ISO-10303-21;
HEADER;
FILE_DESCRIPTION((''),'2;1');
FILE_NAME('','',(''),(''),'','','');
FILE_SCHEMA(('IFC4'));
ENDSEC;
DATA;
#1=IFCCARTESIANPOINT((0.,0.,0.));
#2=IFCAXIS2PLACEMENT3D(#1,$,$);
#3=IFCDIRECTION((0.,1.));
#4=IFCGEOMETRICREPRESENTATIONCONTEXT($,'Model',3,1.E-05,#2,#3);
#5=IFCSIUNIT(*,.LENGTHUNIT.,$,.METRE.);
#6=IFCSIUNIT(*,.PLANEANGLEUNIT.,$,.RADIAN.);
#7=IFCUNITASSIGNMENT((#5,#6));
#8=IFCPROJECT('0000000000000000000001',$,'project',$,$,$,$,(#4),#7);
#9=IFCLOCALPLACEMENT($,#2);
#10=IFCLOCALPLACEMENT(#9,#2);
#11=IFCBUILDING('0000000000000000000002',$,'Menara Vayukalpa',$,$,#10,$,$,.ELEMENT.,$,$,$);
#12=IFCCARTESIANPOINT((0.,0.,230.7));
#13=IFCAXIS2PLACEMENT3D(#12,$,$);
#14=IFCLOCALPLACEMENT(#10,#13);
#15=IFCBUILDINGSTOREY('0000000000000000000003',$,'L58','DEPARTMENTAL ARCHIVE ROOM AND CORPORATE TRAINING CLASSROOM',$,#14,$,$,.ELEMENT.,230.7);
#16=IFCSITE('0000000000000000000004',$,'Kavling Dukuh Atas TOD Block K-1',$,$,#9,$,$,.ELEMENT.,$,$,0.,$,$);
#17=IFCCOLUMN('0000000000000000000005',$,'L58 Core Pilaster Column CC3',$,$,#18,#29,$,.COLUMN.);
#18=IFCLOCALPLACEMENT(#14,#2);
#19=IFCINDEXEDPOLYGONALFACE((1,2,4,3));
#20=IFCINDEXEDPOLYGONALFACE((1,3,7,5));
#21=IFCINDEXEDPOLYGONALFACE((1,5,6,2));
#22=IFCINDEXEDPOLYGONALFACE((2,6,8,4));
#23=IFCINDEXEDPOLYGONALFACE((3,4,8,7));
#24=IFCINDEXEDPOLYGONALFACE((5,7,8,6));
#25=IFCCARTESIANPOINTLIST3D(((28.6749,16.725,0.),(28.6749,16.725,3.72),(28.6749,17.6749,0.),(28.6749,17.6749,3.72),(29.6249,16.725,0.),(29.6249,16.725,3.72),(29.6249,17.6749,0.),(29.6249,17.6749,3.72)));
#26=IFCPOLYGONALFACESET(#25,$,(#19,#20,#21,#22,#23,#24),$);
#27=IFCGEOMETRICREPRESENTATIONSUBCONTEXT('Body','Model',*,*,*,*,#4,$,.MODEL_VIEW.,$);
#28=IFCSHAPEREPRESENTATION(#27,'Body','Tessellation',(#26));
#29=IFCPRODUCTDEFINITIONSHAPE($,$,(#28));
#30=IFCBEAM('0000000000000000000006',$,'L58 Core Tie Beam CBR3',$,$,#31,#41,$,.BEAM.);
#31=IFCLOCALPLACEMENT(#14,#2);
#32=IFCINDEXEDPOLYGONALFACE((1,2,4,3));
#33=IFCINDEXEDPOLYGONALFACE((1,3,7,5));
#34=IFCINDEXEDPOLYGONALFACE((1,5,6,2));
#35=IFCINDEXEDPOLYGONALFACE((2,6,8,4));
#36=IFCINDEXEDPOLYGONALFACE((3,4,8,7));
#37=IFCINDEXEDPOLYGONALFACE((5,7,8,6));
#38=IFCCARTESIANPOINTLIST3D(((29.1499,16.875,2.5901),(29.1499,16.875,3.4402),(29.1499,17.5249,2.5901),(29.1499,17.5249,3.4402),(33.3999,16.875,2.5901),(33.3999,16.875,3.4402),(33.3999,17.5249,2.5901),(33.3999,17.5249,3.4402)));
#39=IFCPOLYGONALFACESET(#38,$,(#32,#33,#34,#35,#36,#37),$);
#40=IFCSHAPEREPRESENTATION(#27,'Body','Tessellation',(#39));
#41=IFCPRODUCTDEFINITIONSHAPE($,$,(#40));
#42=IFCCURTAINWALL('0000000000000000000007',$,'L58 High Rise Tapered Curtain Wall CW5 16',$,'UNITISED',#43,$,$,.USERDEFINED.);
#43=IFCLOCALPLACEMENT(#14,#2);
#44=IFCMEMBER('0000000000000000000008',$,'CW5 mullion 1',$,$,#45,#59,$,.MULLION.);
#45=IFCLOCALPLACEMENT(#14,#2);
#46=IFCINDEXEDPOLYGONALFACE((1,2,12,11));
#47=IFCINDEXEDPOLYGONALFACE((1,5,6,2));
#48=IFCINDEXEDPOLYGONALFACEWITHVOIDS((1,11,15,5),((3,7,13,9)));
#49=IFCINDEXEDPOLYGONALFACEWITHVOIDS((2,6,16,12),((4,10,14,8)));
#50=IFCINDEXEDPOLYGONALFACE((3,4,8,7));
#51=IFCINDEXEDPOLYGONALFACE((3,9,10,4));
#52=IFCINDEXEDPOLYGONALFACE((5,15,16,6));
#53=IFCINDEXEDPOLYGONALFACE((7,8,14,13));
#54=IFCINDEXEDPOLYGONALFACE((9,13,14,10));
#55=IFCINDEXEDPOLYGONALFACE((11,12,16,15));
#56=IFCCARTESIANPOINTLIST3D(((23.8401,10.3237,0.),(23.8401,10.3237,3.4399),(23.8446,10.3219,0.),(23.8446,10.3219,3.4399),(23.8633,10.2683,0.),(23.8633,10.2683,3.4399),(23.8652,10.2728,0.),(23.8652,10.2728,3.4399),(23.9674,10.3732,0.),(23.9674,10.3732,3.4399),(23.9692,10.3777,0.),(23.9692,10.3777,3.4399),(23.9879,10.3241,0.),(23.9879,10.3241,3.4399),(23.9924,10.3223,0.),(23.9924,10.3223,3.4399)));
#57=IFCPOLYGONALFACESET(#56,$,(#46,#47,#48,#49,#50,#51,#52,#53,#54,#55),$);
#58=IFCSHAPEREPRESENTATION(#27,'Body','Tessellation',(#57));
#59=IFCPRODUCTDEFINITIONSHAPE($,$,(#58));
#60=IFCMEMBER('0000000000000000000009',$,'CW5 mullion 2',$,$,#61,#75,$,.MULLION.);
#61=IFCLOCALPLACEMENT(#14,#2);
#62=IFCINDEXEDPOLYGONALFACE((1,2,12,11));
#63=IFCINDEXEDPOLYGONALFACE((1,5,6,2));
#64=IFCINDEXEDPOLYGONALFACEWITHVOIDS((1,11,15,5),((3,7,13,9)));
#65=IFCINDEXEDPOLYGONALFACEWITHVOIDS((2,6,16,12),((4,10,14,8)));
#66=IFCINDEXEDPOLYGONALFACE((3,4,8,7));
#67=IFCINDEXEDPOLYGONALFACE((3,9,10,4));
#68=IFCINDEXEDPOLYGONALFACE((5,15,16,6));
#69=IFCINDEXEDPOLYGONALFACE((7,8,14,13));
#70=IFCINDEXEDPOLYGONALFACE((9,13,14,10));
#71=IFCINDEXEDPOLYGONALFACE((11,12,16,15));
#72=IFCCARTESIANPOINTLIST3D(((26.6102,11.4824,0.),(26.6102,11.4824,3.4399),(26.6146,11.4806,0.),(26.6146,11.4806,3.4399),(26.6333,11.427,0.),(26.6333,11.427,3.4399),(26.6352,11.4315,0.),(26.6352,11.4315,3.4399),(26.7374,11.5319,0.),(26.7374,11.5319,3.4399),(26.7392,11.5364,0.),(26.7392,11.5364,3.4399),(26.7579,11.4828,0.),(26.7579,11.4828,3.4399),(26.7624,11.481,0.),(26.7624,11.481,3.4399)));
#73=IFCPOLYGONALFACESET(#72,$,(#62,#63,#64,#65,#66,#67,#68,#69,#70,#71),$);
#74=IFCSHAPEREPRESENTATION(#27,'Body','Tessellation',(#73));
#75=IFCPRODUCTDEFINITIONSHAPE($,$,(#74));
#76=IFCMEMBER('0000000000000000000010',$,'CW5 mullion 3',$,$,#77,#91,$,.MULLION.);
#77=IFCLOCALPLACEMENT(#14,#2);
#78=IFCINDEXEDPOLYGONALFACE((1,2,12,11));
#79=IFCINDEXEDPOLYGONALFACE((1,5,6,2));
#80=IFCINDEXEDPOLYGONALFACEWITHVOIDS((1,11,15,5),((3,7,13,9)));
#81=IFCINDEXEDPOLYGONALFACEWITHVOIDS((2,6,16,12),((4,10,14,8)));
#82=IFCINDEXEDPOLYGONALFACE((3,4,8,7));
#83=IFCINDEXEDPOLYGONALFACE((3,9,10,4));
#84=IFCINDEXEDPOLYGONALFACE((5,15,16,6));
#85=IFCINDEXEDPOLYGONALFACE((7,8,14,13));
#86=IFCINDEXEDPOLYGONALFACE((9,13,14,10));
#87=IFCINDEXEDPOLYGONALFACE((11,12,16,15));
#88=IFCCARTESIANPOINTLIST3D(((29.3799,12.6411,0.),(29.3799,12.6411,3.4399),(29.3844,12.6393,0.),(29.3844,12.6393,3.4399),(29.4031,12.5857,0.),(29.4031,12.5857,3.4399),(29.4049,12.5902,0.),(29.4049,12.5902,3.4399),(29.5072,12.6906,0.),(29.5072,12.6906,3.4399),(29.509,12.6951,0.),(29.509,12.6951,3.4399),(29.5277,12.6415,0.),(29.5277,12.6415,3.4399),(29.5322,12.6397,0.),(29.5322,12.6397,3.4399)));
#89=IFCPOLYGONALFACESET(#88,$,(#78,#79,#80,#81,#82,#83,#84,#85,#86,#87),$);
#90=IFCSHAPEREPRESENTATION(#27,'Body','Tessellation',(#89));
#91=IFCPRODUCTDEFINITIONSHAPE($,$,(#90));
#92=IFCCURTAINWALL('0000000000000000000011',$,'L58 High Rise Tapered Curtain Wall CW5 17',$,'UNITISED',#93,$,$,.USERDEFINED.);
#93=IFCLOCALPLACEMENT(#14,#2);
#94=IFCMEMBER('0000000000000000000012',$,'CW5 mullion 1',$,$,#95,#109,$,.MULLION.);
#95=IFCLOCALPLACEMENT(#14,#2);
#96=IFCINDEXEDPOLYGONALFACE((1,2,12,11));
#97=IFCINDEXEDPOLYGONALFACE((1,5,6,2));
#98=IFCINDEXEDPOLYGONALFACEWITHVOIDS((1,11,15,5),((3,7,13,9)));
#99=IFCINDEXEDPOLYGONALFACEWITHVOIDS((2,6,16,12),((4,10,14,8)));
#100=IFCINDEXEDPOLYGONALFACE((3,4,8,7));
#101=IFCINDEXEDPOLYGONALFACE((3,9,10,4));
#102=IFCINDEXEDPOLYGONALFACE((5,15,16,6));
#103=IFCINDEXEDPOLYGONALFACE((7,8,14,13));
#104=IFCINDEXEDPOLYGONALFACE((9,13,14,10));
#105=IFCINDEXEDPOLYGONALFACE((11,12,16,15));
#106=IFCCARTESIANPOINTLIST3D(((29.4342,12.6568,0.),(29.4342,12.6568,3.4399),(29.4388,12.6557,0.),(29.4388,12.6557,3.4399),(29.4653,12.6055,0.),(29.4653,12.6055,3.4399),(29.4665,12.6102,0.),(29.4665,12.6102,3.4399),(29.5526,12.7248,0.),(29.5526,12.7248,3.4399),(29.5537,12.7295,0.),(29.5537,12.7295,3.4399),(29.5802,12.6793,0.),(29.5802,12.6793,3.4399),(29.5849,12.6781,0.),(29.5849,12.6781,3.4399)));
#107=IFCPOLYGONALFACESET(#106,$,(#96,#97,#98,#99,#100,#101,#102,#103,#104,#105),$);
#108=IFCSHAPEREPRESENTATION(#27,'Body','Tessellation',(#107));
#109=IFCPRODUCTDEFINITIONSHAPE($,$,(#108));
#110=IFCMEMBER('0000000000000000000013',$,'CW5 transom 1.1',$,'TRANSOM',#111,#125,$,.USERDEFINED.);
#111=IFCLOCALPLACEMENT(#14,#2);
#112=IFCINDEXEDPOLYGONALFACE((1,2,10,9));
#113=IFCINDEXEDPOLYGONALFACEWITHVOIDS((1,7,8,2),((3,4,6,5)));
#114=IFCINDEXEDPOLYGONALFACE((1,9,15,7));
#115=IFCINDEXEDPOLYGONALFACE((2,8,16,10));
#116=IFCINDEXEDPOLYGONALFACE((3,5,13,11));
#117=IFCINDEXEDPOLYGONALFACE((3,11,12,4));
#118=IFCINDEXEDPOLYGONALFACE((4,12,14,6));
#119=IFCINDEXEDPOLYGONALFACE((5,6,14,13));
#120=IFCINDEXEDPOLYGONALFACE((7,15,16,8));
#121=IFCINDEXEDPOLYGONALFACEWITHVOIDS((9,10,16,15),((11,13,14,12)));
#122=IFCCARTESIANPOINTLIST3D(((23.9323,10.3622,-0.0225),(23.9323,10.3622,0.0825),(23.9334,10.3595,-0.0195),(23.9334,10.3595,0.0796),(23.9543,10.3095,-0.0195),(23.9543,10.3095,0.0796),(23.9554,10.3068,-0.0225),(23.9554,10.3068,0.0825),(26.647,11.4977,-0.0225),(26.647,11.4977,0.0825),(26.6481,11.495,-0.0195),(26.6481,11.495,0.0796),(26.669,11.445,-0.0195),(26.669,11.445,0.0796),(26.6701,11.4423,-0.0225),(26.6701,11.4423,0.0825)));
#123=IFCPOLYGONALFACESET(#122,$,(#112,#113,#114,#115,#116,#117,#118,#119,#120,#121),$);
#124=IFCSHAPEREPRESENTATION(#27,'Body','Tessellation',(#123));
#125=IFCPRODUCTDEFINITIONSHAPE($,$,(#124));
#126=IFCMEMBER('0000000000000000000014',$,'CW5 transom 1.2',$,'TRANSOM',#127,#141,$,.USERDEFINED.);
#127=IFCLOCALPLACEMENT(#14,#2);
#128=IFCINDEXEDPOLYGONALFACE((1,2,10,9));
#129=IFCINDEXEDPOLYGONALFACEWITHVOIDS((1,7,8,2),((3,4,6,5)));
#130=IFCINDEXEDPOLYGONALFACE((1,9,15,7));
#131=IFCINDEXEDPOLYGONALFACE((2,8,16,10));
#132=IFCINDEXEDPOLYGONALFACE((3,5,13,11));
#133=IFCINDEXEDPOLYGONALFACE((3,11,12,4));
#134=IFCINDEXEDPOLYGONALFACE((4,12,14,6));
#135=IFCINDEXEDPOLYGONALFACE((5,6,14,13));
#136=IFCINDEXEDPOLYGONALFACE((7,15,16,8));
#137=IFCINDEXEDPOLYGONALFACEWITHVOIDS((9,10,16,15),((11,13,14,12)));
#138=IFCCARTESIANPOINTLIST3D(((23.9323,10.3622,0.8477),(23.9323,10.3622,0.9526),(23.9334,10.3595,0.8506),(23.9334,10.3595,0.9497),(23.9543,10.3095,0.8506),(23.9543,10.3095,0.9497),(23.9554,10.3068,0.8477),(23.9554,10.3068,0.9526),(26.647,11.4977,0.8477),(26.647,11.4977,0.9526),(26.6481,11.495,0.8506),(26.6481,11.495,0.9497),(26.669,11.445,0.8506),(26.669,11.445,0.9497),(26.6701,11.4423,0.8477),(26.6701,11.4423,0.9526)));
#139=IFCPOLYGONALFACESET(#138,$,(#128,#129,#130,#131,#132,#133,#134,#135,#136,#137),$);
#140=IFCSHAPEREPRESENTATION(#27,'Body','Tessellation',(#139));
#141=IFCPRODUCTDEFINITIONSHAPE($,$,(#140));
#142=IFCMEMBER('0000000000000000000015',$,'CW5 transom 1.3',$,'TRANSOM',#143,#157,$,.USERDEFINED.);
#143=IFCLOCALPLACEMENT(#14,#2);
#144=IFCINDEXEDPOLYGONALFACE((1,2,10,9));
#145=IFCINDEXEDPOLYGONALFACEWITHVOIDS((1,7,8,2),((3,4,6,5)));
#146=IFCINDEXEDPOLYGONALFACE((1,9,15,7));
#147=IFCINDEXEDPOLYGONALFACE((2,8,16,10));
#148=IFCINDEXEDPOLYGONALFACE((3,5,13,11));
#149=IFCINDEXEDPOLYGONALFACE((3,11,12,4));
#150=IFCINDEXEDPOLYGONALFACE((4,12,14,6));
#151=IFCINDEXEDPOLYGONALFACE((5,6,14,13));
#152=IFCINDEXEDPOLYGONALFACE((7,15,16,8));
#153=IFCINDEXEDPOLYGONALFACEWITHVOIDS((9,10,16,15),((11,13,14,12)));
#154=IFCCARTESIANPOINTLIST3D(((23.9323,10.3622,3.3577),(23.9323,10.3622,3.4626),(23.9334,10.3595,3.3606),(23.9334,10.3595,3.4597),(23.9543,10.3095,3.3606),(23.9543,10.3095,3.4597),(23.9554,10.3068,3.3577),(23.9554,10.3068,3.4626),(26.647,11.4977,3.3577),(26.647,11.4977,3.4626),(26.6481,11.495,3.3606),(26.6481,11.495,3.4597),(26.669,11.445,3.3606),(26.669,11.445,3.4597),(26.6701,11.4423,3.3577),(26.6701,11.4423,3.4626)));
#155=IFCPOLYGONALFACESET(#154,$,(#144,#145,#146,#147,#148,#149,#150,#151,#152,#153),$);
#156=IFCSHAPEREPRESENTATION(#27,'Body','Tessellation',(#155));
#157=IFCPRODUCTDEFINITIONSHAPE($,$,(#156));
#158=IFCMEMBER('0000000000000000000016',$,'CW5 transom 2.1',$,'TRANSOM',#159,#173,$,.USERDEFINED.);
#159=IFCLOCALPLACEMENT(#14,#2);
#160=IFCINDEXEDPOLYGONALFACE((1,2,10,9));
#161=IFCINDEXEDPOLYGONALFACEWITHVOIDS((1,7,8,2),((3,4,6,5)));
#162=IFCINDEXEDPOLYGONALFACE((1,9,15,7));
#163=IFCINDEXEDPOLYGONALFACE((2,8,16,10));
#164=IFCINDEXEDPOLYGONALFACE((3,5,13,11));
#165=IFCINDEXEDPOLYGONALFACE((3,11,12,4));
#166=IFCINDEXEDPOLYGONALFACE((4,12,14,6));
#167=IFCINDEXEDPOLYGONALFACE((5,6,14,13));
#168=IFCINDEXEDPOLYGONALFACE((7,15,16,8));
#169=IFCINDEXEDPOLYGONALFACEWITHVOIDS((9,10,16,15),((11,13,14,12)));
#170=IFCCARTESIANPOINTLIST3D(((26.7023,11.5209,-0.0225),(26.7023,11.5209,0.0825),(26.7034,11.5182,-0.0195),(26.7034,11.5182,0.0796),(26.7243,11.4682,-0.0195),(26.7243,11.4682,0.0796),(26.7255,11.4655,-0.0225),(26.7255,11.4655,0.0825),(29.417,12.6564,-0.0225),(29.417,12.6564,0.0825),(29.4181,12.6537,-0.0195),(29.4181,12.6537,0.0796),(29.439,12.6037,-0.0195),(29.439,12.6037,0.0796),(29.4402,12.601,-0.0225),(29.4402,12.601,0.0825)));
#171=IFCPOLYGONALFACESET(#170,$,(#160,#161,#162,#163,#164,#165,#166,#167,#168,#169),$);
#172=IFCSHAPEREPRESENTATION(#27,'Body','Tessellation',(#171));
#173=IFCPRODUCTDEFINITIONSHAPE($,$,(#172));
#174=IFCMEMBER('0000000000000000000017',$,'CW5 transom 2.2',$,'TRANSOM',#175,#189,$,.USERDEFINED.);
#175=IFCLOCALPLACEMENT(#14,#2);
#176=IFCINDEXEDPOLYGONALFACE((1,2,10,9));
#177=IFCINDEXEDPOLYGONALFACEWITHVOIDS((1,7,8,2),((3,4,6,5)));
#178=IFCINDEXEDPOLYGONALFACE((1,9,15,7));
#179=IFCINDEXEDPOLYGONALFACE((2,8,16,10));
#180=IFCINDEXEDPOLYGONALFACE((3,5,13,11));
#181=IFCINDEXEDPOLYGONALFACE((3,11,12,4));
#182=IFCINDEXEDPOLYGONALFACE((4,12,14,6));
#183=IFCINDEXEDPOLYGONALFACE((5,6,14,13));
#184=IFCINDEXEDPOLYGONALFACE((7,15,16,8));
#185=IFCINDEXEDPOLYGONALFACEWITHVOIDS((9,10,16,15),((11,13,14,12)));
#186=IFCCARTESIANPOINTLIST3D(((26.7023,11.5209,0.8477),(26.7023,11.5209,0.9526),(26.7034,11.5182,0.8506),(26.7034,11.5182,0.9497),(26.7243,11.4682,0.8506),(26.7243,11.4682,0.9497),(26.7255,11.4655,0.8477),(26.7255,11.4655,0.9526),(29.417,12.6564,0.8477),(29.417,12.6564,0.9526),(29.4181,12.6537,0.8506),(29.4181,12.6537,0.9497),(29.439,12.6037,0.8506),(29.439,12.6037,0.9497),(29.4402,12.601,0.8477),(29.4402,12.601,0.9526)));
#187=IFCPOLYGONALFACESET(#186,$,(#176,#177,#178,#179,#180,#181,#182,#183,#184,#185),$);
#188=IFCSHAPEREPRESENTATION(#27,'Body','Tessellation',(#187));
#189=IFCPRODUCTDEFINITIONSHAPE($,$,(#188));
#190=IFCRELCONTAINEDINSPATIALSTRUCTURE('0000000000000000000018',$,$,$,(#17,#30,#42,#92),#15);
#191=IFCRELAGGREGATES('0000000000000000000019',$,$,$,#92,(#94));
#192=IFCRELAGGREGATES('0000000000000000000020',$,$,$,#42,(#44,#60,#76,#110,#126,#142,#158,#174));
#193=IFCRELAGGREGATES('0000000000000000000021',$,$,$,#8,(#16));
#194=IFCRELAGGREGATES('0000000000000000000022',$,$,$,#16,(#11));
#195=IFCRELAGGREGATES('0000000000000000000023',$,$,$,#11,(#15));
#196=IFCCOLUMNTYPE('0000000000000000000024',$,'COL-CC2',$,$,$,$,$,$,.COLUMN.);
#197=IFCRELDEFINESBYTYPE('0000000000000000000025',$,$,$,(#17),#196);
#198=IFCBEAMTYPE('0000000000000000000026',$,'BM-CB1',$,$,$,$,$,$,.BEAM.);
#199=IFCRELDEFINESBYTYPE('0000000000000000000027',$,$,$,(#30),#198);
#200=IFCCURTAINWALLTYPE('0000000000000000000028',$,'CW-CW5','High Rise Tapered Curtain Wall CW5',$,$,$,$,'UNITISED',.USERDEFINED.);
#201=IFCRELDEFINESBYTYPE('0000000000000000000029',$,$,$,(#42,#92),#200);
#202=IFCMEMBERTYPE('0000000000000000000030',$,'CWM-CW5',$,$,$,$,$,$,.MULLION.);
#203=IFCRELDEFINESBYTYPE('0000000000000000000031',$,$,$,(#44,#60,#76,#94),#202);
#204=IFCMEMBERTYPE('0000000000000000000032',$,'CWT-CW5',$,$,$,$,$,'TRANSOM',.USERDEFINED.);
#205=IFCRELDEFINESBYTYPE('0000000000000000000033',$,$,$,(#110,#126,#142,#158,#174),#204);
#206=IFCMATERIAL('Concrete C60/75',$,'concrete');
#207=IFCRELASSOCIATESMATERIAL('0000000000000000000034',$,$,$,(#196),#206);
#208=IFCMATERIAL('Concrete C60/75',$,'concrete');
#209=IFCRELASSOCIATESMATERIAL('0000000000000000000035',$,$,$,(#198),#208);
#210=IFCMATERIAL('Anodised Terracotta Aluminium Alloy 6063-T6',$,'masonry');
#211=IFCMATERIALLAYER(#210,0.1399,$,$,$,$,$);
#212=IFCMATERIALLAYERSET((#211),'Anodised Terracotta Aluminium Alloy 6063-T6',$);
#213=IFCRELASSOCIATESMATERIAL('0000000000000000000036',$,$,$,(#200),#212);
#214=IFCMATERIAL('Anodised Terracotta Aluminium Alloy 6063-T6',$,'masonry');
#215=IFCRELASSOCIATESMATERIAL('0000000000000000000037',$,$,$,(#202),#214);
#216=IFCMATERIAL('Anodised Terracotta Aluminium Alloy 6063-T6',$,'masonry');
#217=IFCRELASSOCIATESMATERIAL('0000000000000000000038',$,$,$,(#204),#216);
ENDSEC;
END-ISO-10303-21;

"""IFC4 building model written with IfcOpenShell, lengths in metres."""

from ifc_helpers import new_model, si_unit, direction, frame, origin, origin_2d, place, context, subcontext, project, spatial, rectangle, hollow_rectangle, extrude, material, layer, layer_set, material_profile, profile_set, type_object, element, aggregate, save


model = new_model("IFC4")

# Units and contexts
model_context = context("Model", 3, precision=1e-05, world=origin(), true_north=direction((0.0, 1.0)))
body_context = subcontext(model_context, "Body", "Model", "MODEL_VIEW")
ifc_project = project(units=[si_unit("LENGTHUNIT", "METRE"), si_unit("PLANEANGLEUNIT", "RADIAN")], contexts=[model_context])

# Site, building, storey
site_placement = place(None, origin())
site = spatial("IfcSite", under=ifc_project, at=site_placement, Name="Kavling Dukuh Atas TOD Block K-1", CompositionType="ELEMENT", RefElevation=0.0)
building_placement = place(site_placement, origin())
building = spatial("IfcBuilding", under=site, at=building_placement, Name="Menara Vayukalpa", CompositionType="ELEMENT")
storey_placement = place(building_placement, frame((0.0, 0.0, 230.7)))
storey = spatial("IfcBuildingStorey", under=building, at=storey_placement, Name="L58", Description="DEPARTMENTAL ARCHIVE ROOM AND CORPORATE TRAINING CLASSROOM", CompositionType="ELEMENT", Elevation=230.7)

# Column
ifc_material_1 = material(Name="Concrete C60/75", Category="concrete")
ifc_material_profile_1 = material_profile(ifc_material_1, rectangle(XDim=0.95, YDim=0.95, at=origin_2d()), Name="RC 950x950")
ifc_profile_set_1 = profile_set([ifc_material_profile_1], Name="Concrete C60/75")
column_type = type_object("IfcColumnType", Name="COL-CC2", PredefinedType="COLUMN", material=ifc_profile_set_1)
column_placement = place(storey_placement, frame((29.1499, 17.2, 0.0), z_axis=(0.0, 0.0, 1.0), x_axis=(1.0, 0.0, 0.0)))
element("IfcColumn", 1, at=column_placement, inside=storey, type_object=column_type, Name="L58 Core Pilaster Column CC3", PredefinedType="COLUMN", context=body_context, shape_type="SweptSolid", body=[
    extrude(rectangle(XDim=0.95, YDim=0.95, at=origin_2d()), origin(), (0.0, 0.0, 1.0), 3.72),
])

# Beam
ifc_material_2 = material(Name="Concrete C60/75", Category="concrete")
ifc_material_profile_2 = material_profile(ifc_material_2, rectangle(XDim=0.6499, YDim=0.8501, at=origin_2d()), Name="RC 650x850")
ifc_profile_set_2 = profile_set([ifc_material_profile_2], Name="Concrete C60/75")
beam_type = type_object("IfcBeamType", Name="BM-CB1", PredefinedType="BEAM", material=ifc_profile_set_2)
beam_placement = place(storey_placement, frame((29.1499, 17.2, 3.0151), z_axis=(1.0, 0.0, 0.0), x_axis=(0.0, 1.0, 0.0)))
element("IfcBeam", 2, at=beam_placement, inside=storey, type_object=beam_type, Name="L58 Core Tie Beam CBR3", PredefinedType="BEAM", context=body_context, shape_type="SweptSolid", body=[
    extrude(rectangle(XDim=0.6499, YDim=0.8501, at=origin_2d()), origin(), (0.0, 0.0, 1.0), 4.25),
])

# Curtain wall, members
ifc_material_3 = material(Name="Anodised Terracotta Aluminium Alloy 6063-T6", Category="masonry")
ifc_layer_1 = layer(ifc_material_3, 0.1399)
ifc_layer_set_1 = layer_set([ifc_layer_1], Name="Anodised Terracotta Aluminium Alloy 6063-T6")
curtain_wall_type = type_object("IfcCurtainWallType", Name="CW-CW5", Description="High Rise Tapered Curtain Wall CW5", ElementType="UNITISED", PredefinedType="USERDEFINED", material=ifc_layer_set_1)
curtain_wall_1_placement = place(storey_placement, origin())
curtain_wall_1 = element("IfcCurtainWall", 3, at=curtain_wall_1_placement, inside=storey, type_object=curtain_wall_type, Name="L58 High Rise Tapered Curtain Wall CW5 16", ObjectType="UNITISED", PredefinedType="USERDEFINED")
ifc_material_4 = material(Name="Anodised Terracotta Aluminium Alloy 6063-T6", Category="masonry")
ifc_material_profile_3 = material_profile(ifc_material_4, hollow_rectangle(XDim=0.0601, YDim=0.1399, WallThickness=0.0034, at=origin_2d()), Name="ALU 60x140x3.5")
ifc_profile_set_3 = profile_set([ifc_material_profile_3], Name="Anodised Terracotta Aluminium Alloy 6063-T6")
member_type_1 = type_object("IfcMemberType", Name="CWM-CW5", PredefinedType="MULLION", material=ifc_profile_set_3)
member_1_placement = place(storey_placement, frame((23.9163, 10.323, 0.0), z_axis=(0.0, 0.0, 1.0), x_axis=(-0.385903, 0.922539, 0.0)))
member_1 = element("IfcMember", 4, at=member_1_placement, type_object=member_type_1, Name="CW5 mullion 1", PredefinedType="MULLION", context=body_context, shape_type="SweptSolid", body=[
    extrude(hollow_rectangle(XDim=0.0601, YDim=0.1399, WallThickness=0.0034, at=origin_2d()), origin(), (0.0, 0.0, 1.0), 3.4399),
])
member_2_placement = place(storey_placement, frame((26.6863, 11.4817, 0.0), z_axis=(0.0, 0.0, 1.0), x_axis=(-0.385903, 0.922539, 0.0)))
member_2 = element("IfcMember", 5, at=member_2_placement, type_object=member_type_1, Name="CW5 mullion 2", PredefinedType="MULLION", context=body_context, shape_type="SweptSolid", body=[
    extrude(hollow_rectangle(XDim=0.0601, YDim=0.1399, WallThickness=0.0034, at=origin_2d()), origin(), (0.0, 0.0, 1.0), 3.4399),
])
member_3_placement = place(storey_placement, frame((29.4561, 12.6404, 0.0), z_axis=(0.0, 0.0, 1.0), x_axis=(-0.385903, 0.922539, 0.0)))
member_3 = element("IfcMember", 6, at=member_3_placement, type_object=member_type_1, Name="CW5 mullion 3", PredefinedType="MULLION", context=body_context, shape_type="SweptSolid", body=[
    extrude(hollow_rectangle(XDim=0.0601, YDim=0.1399, WallThickness=0.0034, at=origin_2d()), origin(), (0.0, 0.0, 1.0), 3.4399),
])

# Curtain wall, member
curtain_wall_2_placement = place(storey_placement, origin())
curtain_wall_2 = element("IfcCurtainWall", 7, at=curtain_wall_2_placement, inside=storey, type_object=curtain_wall_type, Name="L58 High Rise Tapered Curtain Wall CW5 17", ObjectType="UNITISED", PredefinedType="USERDEFINED")
member_4_placement = place(storey_placement, frame((29.5095, 12.6675, 0.0), z_axis=(0.0, 0.0, 1.0), x_axis=(-0.51918, 0.854665, 0.0)))
member_4 = element("IfcMember", 8, at=member_4_placement, type_object=member_type_1, Name="CW5 mullion 1", PredefinedType="MULLION", context=body_context, shape_type="SweptSolid", body=[
    extrude(hollow_rectangle(XDim=0.0601, YDim=0.1399, WallThickness=0.0034, at=origin_2d()), origin(), (0.0, 0.0, 1.0), 3.4399),
])

# Members
ifc_material_5 = material(Name="Anodised Terracotta Aluminium Alloy 6063-T6", Category="masonry")
ifc_material_profile_4 = material_profile(ifc_material_5, hollow_rectangle(XDim=0.0601, YDim=0.105, WallThickness=0.0029, at=origin_2d()), Name="ALU 60x105x3")
ifc_profile_set_4 = profile_set([ifc_material_profile_4], Name="Anodised Terracotta Aluminium Alloy 6063-T6")
member_type_2 = type_object("IfcMemberType", Name="CWT-CW5", ElementType="TRANSOM", PredefinedType="USERDEFINED", material=ifc_profile_set_4)
member_5_placement = place(storey_placement, frame((23.9438, 10.3345, 0.03), z_axis=(0.922543, 0.385893, 0.0), x_axis=(-0.385893, 0.922543, 0.0)))
member_5 = element("IfcMember", 9, at=member_5_placement, type_object=member_type_2, Name="CW5 transom 1.1", ObjectType="TRANSOM", PredefinedType="USERDEFINED", context=body_context, shape_type="SweptSolid", body=[
    extrude(hollow_rectangle(XDim=0.0601, YDim=0.105, WallThickness=0.0029, at=origin_2d()), origin(), (0.0, 0.0, 1.0), 2.9426),
])
member_6_placement = place(storey_placement, frame((23.9438, 10.3345, 0.9001), z_axis=(0.922543, 0.385893, 0.0), x_axis=(-0.385893, 0.922543, 0.0)))
member_6 = element("IfcMember", 10, at=member_6_placement, type_object=member_type_2, Name="CW5 transom 1.2", ObjectType="TRANSOM", PredefinedType="USERDEFINED", context=body_context, shape_type="SweptSolid", body=[
    extrude(hollow_rectangle(XDim=0.0601, YDim=0.105, WallThickness=0.0029, at=origin_2d()), origin(), (0.0, 0.0, 1.0), 2.9426),
])
member_7_placement = place(storey_placement, frame((23.9438, 10.3345, 3.4102), z_axis=(0.922543, 0.385893, 0.0), x_axis=(-0.385893, 0.922543, 0.0)))
member_7 = element("IfcMember", 11, at=member_7_placement, type_object=member_type_2, Name="CW5 transom 1.3", ObjectType="TRANSOM", PredefinedType="USERDEFINED", context=body_context, shape_type="SweptSolid", body=[
    extrude(hollow_rectangle(XDim=0.0601, YDim=0.105, WallThickness=0.0029, at=origin_2d()), origin(), (0.0, 0.0, 1.0), 2.9426),
])
member_8_placement = place(storey_placement, frame((26.7139, 11.4932, 0.03), z_axis=(0.922543, 0.385893, 0.0), x_axis=(-0.385893, 0.922543, 0.0)))
member_8 = element("IfcMember", 12, at=member_8_placement, type_object=member_type_2, Name="CW5 transom 2.1", ObjectType="TRANSOM", PredefinedType="USERDEFINED", context=body_context, shape_type="SweptSolid", body=[
    extrude(hollow_rectangle(XDim=0.0601, YDim=0.105, WallThickness=0.0029, at=origin_2d()), origin(), (0.0, 0.0, 1.0), 2.9426),
])
member_9_placement = place(storey_placement, frame((26.7139, 11.4932, 0.9001), z_axis=(0.922543, 0.385893, 0.0), x_axis=(-0.385893, 0.922543, 0.0)))
member_9 = element("IfcMember", 13, at=member_9_placement, type_object=member_type_2, Name="CW5 transom 2.2", ObjectType="TRANSOM", PredefinedType="USERDEFINED", context=body_context, shape_type="SweptSolid", body=[
    extrude(hollow_rectangle(XDim=0.0601, YDim=0.105, WallThickness=0.0029, at=origin_2d()), origin(), (0.0, 0.0, 1.0), 2.9426),
])
aggregate(curtain_wall_2, [member_4])

aggregate(curtain_wall_1, [member_1, member_2, member_3, member_5, member_6, member_7, member_8, member_9])

save(model, "model.ifc")
